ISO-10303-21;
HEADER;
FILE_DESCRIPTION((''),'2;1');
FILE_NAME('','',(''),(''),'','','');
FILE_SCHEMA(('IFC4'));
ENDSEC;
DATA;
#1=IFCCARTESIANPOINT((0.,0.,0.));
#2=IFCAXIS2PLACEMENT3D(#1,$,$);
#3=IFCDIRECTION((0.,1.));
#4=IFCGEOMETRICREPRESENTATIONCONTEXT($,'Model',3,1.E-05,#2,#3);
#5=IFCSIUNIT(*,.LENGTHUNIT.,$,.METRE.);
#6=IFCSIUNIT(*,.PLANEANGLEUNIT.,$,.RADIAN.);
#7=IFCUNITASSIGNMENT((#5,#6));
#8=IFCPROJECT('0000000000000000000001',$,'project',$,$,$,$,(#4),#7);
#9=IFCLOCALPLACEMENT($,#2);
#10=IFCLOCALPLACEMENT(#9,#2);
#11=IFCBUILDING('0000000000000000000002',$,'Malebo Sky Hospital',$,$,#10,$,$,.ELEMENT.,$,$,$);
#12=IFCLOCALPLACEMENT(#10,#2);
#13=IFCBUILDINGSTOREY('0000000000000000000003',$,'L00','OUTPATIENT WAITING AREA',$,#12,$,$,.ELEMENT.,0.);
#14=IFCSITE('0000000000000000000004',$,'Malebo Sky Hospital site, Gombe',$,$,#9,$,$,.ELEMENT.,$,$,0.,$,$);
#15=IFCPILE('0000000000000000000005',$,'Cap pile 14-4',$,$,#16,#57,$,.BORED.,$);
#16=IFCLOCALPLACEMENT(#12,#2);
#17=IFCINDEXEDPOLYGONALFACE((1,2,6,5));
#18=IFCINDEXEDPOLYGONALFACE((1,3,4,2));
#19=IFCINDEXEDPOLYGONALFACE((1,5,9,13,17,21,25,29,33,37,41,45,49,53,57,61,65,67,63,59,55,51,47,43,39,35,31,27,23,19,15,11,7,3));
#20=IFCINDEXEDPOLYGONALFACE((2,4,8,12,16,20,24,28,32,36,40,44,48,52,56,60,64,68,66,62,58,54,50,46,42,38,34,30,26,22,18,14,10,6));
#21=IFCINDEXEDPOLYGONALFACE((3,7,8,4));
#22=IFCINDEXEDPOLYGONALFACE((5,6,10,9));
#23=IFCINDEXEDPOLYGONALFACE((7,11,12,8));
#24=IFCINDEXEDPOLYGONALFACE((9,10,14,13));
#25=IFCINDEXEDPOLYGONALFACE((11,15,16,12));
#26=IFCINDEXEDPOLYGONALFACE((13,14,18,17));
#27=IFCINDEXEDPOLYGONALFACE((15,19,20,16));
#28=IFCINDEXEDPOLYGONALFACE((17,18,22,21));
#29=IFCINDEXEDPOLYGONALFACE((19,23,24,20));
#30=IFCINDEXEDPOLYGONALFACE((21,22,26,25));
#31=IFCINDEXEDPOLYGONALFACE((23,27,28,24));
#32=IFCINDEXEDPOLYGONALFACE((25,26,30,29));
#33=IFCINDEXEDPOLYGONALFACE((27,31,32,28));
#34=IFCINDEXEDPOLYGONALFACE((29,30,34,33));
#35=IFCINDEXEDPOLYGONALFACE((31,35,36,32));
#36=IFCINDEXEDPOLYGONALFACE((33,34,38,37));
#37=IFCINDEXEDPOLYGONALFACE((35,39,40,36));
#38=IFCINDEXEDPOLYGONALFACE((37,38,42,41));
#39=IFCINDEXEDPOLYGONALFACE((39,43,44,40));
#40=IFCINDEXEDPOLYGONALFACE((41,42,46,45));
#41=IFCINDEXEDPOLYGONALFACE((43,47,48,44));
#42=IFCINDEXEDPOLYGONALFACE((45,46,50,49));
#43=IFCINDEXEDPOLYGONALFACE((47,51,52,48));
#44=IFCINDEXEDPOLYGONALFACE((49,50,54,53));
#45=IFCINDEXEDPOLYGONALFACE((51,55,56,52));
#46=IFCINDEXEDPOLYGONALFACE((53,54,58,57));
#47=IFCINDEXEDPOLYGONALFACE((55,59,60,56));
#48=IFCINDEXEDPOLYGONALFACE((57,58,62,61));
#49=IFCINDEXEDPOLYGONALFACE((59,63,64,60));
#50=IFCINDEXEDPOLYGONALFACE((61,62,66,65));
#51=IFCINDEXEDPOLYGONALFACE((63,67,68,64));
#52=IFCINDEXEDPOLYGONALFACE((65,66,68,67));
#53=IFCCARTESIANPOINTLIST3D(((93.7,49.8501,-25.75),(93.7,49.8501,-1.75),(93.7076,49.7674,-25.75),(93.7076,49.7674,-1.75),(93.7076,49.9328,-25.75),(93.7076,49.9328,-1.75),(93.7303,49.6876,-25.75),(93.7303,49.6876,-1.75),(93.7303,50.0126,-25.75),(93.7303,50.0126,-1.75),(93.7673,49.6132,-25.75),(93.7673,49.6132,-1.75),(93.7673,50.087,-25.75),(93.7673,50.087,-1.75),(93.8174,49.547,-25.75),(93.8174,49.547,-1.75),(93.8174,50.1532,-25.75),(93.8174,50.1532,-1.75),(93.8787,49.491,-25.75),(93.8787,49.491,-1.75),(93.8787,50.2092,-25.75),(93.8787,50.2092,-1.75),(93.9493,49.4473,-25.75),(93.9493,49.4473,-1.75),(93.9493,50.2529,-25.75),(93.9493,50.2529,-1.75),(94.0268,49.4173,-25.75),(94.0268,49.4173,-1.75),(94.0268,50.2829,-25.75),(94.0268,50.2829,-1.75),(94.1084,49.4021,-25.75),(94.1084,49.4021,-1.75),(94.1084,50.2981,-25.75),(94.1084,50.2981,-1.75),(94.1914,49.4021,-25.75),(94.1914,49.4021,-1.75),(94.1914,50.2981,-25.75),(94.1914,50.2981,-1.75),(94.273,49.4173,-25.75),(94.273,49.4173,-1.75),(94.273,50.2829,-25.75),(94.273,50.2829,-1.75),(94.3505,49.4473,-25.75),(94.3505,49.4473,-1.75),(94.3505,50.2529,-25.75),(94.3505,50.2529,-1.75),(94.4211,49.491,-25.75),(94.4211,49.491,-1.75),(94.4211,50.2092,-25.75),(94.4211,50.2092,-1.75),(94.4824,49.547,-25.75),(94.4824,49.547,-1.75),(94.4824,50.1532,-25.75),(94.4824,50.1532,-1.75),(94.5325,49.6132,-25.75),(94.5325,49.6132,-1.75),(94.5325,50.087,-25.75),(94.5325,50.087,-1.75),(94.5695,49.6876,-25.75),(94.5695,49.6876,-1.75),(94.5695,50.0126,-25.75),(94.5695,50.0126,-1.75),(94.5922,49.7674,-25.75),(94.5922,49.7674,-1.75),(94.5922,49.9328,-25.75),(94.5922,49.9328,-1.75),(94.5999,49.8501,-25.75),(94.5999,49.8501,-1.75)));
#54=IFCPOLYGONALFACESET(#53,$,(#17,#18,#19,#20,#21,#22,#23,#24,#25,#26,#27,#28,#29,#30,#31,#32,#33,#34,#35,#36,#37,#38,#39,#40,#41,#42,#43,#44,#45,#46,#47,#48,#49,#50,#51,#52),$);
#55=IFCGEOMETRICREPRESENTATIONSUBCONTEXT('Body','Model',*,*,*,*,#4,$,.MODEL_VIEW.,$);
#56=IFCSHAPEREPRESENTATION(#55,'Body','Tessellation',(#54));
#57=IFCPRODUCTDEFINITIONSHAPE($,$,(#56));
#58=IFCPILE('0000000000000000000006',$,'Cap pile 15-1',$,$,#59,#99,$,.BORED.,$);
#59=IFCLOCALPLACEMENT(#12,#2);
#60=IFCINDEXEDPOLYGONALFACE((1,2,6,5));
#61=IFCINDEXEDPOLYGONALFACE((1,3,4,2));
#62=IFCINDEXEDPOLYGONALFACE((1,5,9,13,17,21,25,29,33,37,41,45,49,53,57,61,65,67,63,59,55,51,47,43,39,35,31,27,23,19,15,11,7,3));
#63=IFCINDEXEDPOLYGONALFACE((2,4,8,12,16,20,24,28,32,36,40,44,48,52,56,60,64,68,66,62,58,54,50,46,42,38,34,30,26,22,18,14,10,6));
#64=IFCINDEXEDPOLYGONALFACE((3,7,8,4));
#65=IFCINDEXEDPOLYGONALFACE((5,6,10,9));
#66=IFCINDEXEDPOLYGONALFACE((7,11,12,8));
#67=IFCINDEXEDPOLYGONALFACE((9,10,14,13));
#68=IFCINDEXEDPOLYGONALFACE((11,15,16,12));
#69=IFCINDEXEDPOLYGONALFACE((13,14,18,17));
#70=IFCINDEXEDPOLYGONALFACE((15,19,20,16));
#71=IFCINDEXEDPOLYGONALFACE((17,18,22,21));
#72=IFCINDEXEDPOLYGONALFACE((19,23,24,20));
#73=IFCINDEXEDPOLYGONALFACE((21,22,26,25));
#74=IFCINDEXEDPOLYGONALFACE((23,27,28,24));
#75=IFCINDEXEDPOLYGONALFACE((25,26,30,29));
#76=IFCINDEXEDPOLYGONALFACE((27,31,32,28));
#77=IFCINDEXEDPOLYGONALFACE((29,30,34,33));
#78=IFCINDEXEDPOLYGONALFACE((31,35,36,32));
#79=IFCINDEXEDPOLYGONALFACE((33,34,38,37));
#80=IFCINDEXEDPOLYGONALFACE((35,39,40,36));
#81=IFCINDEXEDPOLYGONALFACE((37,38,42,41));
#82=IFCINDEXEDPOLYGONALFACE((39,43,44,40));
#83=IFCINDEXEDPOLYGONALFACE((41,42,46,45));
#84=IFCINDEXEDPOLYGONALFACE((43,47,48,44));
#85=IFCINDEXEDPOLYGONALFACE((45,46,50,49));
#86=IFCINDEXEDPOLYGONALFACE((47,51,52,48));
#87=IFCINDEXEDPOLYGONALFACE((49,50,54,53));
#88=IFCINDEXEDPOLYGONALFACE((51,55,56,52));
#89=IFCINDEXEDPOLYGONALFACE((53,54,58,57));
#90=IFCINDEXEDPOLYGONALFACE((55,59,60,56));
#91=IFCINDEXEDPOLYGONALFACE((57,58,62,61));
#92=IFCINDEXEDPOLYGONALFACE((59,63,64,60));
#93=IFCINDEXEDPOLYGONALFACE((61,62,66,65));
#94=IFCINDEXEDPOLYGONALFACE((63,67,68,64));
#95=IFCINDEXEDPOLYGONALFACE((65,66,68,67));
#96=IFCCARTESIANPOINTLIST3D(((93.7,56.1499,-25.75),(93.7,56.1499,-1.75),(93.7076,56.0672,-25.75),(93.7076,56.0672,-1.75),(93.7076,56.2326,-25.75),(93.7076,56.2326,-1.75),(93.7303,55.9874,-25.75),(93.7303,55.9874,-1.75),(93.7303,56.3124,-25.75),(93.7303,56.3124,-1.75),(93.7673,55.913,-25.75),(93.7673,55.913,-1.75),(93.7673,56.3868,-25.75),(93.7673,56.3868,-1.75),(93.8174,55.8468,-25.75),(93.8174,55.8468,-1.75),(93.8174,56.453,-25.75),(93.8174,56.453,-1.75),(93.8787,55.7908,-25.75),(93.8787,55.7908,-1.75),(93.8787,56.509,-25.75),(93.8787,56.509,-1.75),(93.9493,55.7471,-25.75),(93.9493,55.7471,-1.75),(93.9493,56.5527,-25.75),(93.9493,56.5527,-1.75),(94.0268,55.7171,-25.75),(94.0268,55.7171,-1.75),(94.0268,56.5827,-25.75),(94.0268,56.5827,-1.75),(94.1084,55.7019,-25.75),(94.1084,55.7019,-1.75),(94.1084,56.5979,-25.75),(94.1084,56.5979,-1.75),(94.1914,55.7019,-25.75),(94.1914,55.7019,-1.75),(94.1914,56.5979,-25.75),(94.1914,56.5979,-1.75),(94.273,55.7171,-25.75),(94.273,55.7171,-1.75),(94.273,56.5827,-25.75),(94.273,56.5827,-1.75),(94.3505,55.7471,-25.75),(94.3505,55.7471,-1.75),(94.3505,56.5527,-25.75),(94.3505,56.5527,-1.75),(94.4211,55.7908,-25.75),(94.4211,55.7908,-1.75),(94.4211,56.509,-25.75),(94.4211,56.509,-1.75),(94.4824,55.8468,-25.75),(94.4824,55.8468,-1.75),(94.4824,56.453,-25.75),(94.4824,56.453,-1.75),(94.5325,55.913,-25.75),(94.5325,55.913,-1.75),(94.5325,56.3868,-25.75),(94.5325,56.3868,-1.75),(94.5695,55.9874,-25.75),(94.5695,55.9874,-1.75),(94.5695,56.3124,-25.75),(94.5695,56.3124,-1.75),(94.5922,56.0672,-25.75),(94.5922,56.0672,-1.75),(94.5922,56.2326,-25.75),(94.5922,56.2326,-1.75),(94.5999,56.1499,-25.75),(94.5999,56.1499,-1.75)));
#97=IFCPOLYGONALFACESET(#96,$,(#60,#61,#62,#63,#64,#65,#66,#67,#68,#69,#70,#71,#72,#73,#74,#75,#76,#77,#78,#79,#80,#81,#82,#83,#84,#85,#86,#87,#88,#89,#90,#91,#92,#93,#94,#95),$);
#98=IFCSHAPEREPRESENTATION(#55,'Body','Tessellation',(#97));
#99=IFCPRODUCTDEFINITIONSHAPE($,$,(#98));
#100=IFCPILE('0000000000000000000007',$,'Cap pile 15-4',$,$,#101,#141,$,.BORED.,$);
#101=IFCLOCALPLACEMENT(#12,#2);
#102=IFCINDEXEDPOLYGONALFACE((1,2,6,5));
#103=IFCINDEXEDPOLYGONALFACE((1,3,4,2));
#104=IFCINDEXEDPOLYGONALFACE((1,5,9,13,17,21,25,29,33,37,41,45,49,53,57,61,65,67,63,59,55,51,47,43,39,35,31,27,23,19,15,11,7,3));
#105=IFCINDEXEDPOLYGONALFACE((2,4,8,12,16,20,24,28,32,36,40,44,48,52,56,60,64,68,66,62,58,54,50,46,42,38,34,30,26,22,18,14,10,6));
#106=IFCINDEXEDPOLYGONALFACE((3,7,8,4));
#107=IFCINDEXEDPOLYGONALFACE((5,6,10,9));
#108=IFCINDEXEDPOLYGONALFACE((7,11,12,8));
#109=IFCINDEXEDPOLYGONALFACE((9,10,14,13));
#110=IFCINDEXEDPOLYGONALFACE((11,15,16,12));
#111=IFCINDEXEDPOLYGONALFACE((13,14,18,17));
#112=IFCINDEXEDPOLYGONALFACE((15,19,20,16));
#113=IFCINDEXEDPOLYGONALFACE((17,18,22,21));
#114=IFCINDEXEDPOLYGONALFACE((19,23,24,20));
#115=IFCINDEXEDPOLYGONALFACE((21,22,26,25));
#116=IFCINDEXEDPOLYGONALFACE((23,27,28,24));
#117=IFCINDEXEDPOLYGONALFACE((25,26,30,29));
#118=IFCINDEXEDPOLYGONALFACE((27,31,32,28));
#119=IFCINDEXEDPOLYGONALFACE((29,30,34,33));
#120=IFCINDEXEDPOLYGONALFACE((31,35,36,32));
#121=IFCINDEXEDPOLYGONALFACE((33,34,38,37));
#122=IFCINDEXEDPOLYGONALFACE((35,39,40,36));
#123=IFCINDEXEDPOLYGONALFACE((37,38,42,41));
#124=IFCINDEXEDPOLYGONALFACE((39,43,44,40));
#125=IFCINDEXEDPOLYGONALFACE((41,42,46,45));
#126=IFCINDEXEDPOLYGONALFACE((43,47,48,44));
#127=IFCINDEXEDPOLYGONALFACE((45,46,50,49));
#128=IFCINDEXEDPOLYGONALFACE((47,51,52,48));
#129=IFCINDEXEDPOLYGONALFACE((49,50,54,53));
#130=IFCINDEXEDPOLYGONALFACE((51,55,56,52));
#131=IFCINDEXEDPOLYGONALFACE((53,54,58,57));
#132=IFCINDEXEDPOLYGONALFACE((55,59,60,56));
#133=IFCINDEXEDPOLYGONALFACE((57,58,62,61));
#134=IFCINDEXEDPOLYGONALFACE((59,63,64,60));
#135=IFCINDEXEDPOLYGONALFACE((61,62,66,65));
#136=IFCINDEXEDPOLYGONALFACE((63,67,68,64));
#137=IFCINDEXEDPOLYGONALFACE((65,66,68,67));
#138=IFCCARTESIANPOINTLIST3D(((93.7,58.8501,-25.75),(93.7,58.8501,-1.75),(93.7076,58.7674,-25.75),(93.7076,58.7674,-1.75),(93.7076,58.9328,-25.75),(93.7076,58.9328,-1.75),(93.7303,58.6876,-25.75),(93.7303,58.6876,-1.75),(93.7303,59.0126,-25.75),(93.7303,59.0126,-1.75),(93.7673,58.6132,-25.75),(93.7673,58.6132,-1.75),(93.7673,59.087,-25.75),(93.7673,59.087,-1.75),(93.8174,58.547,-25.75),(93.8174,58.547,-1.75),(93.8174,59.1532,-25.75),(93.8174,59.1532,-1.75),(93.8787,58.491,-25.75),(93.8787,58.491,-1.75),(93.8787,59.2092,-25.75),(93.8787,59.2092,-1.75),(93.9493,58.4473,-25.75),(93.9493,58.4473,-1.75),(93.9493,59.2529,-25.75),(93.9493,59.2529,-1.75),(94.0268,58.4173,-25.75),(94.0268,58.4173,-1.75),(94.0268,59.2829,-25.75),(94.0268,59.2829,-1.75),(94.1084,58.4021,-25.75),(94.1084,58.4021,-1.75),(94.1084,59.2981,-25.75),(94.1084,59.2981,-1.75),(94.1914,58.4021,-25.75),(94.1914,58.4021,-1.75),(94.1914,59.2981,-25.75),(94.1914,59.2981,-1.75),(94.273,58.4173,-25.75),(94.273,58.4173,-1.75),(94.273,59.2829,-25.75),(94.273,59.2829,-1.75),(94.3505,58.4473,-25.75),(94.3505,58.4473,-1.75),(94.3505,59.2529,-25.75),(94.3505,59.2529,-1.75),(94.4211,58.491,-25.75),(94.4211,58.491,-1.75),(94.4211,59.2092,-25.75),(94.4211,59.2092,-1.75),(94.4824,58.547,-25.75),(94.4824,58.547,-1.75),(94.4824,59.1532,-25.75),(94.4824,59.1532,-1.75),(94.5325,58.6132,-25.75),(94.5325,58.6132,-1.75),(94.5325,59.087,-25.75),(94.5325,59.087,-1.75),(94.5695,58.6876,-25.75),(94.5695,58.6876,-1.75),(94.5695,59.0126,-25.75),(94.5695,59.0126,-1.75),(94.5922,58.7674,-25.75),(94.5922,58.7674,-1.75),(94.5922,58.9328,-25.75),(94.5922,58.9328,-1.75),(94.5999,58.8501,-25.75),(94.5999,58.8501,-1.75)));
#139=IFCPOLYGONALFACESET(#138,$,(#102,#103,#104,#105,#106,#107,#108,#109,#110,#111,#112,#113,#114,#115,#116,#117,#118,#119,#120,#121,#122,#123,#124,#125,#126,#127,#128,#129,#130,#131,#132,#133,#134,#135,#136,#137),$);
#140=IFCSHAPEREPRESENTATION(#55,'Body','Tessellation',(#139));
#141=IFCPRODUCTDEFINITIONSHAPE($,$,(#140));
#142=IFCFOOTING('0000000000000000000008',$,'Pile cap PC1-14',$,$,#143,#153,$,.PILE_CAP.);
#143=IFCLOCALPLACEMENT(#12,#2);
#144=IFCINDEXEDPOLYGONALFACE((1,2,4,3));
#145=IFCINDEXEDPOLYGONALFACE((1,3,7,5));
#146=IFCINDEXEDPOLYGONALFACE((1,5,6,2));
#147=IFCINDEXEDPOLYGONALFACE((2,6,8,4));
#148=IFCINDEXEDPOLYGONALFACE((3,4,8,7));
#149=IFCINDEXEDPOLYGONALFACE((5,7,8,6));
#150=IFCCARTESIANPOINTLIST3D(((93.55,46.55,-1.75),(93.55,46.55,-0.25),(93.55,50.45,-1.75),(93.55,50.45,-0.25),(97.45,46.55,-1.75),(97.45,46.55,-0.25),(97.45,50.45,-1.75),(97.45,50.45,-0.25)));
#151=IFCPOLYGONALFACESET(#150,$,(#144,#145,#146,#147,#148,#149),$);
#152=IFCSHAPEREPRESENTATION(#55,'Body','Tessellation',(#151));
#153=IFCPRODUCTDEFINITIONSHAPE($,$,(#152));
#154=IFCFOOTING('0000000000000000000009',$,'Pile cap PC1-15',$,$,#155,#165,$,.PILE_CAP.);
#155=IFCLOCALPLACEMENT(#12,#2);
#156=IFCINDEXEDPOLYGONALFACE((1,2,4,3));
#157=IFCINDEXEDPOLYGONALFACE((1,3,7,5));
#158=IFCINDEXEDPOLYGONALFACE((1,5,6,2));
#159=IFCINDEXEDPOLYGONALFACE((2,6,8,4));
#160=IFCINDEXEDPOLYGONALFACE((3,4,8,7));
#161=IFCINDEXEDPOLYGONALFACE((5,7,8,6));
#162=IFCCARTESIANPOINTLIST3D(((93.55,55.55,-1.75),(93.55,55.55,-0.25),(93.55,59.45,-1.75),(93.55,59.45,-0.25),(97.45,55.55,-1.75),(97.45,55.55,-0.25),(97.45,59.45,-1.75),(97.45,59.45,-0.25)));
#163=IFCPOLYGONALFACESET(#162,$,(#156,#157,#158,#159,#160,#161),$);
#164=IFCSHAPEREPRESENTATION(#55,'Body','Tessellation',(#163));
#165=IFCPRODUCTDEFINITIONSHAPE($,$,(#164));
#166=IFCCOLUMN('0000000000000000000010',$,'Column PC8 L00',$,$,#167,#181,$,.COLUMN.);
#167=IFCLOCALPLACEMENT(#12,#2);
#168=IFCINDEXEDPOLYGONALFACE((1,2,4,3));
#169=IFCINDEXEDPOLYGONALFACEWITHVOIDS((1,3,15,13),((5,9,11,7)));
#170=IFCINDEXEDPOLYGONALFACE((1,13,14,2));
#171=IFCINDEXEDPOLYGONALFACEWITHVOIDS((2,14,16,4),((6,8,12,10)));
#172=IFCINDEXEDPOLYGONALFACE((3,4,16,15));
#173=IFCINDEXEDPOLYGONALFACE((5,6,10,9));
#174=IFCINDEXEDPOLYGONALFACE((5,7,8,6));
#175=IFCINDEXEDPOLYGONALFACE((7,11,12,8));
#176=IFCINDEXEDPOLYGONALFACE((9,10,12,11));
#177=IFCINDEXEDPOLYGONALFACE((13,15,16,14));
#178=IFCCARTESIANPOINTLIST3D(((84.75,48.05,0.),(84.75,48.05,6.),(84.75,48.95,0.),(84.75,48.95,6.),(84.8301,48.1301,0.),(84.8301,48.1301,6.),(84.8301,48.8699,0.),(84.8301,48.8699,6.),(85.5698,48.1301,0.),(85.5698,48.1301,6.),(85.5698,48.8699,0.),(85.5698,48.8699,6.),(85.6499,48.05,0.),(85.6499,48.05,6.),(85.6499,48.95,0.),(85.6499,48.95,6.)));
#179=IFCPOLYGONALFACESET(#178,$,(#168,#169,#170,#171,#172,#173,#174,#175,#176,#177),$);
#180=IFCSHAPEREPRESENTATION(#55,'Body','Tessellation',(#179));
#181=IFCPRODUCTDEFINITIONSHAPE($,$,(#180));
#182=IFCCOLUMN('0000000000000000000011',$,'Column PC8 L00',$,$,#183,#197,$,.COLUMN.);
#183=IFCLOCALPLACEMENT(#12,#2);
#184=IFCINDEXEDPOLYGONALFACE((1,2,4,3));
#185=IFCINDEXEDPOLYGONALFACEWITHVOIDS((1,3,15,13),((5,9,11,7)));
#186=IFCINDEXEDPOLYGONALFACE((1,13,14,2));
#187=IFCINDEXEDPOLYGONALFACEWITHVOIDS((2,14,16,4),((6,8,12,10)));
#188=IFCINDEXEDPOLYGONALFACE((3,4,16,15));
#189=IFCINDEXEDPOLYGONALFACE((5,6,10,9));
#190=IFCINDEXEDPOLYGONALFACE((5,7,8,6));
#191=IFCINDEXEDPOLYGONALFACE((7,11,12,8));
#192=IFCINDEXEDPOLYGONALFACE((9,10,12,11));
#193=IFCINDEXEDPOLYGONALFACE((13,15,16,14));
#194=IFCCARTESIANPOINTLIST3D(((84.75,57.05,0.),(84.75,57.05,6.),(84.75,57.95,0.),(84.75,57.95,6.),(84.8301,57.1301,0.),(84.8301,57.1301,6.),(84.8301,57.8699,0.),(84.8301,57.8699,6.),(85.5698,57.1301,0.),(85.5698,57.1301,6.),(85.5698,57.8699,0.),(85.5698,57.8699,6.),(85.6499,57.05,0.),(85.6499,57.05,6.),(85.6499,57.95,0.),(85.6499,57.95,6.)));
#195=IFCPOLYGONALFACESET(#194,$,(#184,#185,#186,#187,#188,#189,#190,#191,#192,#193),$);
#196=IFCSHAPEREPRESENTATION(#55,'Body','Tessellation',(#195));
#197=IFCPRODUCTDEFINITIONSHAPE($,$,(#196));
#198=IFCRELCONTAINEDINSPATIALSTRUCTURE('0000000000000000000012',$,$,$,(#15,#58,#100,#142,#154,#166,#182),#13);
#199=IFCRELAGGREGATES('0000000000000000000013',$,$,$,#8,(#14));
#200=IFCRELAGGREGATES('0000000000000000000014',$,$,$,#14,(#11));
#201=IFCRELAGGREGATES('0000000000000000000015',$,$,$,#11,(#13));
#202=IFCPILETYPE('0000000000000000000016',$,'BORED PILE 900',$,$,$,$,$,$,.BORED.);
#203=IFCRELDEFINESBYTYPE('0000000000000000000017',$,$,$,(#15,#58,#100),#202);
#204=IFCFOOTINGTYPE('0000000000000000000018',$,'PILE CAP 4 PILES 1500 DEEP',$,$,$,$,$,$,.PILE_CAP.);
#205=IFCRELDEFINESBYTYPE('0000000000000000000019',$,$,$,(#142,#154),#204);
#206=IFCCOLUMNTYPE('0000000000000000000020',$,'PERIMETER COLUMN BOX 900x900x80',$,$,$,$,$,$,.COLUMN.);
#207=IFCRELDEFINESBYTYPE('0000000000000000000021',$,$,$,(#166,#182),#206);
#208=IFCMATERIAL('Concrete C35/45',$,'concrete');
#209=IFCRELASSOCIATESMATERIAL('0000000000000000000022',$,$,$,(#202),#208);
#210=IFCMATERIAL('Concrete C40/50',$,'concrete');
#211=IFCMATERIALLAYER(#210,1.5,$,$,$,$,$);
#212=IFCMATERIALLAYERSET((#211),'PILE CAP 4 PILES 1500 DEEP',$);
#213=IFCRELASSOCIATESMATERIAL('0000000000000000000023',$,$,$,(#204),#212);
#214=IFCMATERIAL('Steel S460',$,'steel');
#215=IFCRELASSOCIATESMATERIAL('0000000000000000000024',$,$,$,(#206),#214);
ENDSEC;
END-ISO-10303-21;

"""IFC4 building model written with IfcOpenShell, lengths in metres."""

from ifc_helpers import new_model, si_unit, direction, frame, origin, origin_2d, place, context, subcontext, project, spatial, rectangle, hollow_rectangle, circle, extrude, material, layer, layer_set, material_profile, profile_set, type_object, element, save


model = new_model("IFC4")

# Units and contexts
model_context = context("Model", 3, precision=1e-05, world=origin(), true_north=direction((0.0, 1.0)))
body_context = subcontext(model_context, "Body", "Model", "MODEL_VIEW")
ifc_project = project(units=[si_unit("LENGTHUNIT", "METRE"), si_unit("PLANEANGLEUNIT", "RADIAN")], contexts=[model_context])

# Site, building, storey
site_placement = place(None, origin())
site = spatial("IfcSite", under=ifc_project, at=site_placement, Name="Malebo Sky Hospital site, Gombe", CompositionType="ELEMENT", RefElevation=0.0)
building_placement = place(site_placement, origin())
building = spatial("IfcBuilding", under=site, at=building_placement, Name="Malebo Sky Hospital", CompositionType="ELEMENT")
storey_placement = place(building_placement, origin())
storey = spatial("IfcBuildingStorey", under=building, at=storey_placement, Name="L00", Description="OUTPATIENT WAITING AREA", CompositionType="ELEMENT", Elevation=0.0)

# Piles
ifc_material_1 = material(Name="Concrete C35/45", Category="concrete")
ifc_material_profile_1 = material_profile(ifc_material_1, circle(Radius=0.45, at=origin_2d()), Name="BP 900")
ifc_profile_set_1 = profile_set([ifc_material_profile_1], Name="Concrete C35/45")
pile_type_1 = type_object("IfcPileType", Name="BORED PILE 900", PredefinedType="BORED", material=ifc_profile_set_1)
for number, where, z_axis, x_axis, name in (
    (1, (94.1499, 49.8501, -1.75), (0.0, 0.0, -1.0), (1.0, 0.0, 0.0), "Cap pile 14-4"),
    (2, (94.1499, 56.1499, -1.75), (0.0, 0.0, -1.0), (1.0, 0.0, 0.0), "Cap pile 15-1"),
    (3, (94.1499, 58.8501, -1.75), (0.0, 0.0, -1.0), (1.0, 0.0, 0.0), "Cap pile 15-4"),
):
    element("IfcPile", number, at=place(storey_placement, frame(where, z_axis=z_axis, x_axis=x_axis)), inside=storey, type_object=pile_type_1, Name=name, PredefinedType="BORED", context=body_context, shape_type="SweptSolid", body=[
        extrude(circle(Radius=0.45, at=origin_2d()), origin(), (0.0, 0.0, 1.0), 24.0),
    ])

# Footings
ifc_material_2 = material(Name="Concrete C40/50", Category="concrete")
ifc_layer_1 = layer(ifc_material_2, 1.5)
ifc_layer_set_1 = layer_set([ifc_layer_1], Name="PILE CAP 4 PILES 1500 DEEP")
footing_type = type_object("IfcFootingType", Name="PILE CAP 4 PILES 1500 DEEP", PredefinedType="PILE_CAP", material=ifc_layer_set_1)
for number, where, z_axis, x_axis, name in (
    (4, (95.5, 48.5, -1.75), (0.0, 0.0, 1.0), (1.0, 0.0, 0.0), "Pile cap PC1-14"),
    (5, (95.5, 57.5, -1.75), (0.0, 0.0, 1.0), (1.0, 0.0, 0.0), "Pile cap PC1-15"),
):
    element("IfcFooting", number, at=place(storey_placement, frame(where, z_axis=z_axis, x_axis=x_axis)), inside=storey, type_object=footing_type, Name=name, PredefinedType="PILE_CAP", context=body_context, shape_type="SweptSolid", body=[
        extrude(rectangle(XDim=3.8999, YDim=3.8999, at=origin_2d()), origin(), (0.0, 0.0, 1.0), 1.5),
    ])

# Columns
ifc_material_3 = material(Name="Steel S460", Category="steel")
ifc_material_profile_2 = material_profile(ifc_material_3, hollow_rectangle(XDim=0.8999, YDim=0.8999, WallThickness=0.0801, at=origin_2d()), Name="BOX 900x900x80")
ifc_profile_set_2 = profile_set([ifc_material_profile_2], Name="Steel S460")
column_type_1 = type_object("IfcColumnType", Name="PERIMETER COLUMN BOX 900x900x80", PredefinedType="COLUMN", material=ifc_profile_set_2)
for number, where, z_axis, x_axis, name in (
    (6, (85.2, 48.5, 0.0), (0.0, 0.0, 1.0), (1.0, 0.0, 0.0), "Column PC8 L00"),
    (7, (85.2, 57.5, 0.0), (0.0, 0.0, 1.0), (1.0, 0.0, 0.0), "Column PC8 L00"),
):
    element("IfcColumn", number, at=place(storey_placement, frame(where, z_axis=z_axis, x_axis=x_axis)), inside=storey, type_object=column_type_1, Name=name, PredefinedType="COLUMN", context=body_context, shape_type="SweptSolid", body=[
        extrude(hollow_rectangle(XDim=0.8999, YDim=0.8999, WallThickness=0.0801, at=origin_2d()), origin(), (0.0, 0.0, 1.0), 6.0),
    ])

save(model, "model.ifc")
